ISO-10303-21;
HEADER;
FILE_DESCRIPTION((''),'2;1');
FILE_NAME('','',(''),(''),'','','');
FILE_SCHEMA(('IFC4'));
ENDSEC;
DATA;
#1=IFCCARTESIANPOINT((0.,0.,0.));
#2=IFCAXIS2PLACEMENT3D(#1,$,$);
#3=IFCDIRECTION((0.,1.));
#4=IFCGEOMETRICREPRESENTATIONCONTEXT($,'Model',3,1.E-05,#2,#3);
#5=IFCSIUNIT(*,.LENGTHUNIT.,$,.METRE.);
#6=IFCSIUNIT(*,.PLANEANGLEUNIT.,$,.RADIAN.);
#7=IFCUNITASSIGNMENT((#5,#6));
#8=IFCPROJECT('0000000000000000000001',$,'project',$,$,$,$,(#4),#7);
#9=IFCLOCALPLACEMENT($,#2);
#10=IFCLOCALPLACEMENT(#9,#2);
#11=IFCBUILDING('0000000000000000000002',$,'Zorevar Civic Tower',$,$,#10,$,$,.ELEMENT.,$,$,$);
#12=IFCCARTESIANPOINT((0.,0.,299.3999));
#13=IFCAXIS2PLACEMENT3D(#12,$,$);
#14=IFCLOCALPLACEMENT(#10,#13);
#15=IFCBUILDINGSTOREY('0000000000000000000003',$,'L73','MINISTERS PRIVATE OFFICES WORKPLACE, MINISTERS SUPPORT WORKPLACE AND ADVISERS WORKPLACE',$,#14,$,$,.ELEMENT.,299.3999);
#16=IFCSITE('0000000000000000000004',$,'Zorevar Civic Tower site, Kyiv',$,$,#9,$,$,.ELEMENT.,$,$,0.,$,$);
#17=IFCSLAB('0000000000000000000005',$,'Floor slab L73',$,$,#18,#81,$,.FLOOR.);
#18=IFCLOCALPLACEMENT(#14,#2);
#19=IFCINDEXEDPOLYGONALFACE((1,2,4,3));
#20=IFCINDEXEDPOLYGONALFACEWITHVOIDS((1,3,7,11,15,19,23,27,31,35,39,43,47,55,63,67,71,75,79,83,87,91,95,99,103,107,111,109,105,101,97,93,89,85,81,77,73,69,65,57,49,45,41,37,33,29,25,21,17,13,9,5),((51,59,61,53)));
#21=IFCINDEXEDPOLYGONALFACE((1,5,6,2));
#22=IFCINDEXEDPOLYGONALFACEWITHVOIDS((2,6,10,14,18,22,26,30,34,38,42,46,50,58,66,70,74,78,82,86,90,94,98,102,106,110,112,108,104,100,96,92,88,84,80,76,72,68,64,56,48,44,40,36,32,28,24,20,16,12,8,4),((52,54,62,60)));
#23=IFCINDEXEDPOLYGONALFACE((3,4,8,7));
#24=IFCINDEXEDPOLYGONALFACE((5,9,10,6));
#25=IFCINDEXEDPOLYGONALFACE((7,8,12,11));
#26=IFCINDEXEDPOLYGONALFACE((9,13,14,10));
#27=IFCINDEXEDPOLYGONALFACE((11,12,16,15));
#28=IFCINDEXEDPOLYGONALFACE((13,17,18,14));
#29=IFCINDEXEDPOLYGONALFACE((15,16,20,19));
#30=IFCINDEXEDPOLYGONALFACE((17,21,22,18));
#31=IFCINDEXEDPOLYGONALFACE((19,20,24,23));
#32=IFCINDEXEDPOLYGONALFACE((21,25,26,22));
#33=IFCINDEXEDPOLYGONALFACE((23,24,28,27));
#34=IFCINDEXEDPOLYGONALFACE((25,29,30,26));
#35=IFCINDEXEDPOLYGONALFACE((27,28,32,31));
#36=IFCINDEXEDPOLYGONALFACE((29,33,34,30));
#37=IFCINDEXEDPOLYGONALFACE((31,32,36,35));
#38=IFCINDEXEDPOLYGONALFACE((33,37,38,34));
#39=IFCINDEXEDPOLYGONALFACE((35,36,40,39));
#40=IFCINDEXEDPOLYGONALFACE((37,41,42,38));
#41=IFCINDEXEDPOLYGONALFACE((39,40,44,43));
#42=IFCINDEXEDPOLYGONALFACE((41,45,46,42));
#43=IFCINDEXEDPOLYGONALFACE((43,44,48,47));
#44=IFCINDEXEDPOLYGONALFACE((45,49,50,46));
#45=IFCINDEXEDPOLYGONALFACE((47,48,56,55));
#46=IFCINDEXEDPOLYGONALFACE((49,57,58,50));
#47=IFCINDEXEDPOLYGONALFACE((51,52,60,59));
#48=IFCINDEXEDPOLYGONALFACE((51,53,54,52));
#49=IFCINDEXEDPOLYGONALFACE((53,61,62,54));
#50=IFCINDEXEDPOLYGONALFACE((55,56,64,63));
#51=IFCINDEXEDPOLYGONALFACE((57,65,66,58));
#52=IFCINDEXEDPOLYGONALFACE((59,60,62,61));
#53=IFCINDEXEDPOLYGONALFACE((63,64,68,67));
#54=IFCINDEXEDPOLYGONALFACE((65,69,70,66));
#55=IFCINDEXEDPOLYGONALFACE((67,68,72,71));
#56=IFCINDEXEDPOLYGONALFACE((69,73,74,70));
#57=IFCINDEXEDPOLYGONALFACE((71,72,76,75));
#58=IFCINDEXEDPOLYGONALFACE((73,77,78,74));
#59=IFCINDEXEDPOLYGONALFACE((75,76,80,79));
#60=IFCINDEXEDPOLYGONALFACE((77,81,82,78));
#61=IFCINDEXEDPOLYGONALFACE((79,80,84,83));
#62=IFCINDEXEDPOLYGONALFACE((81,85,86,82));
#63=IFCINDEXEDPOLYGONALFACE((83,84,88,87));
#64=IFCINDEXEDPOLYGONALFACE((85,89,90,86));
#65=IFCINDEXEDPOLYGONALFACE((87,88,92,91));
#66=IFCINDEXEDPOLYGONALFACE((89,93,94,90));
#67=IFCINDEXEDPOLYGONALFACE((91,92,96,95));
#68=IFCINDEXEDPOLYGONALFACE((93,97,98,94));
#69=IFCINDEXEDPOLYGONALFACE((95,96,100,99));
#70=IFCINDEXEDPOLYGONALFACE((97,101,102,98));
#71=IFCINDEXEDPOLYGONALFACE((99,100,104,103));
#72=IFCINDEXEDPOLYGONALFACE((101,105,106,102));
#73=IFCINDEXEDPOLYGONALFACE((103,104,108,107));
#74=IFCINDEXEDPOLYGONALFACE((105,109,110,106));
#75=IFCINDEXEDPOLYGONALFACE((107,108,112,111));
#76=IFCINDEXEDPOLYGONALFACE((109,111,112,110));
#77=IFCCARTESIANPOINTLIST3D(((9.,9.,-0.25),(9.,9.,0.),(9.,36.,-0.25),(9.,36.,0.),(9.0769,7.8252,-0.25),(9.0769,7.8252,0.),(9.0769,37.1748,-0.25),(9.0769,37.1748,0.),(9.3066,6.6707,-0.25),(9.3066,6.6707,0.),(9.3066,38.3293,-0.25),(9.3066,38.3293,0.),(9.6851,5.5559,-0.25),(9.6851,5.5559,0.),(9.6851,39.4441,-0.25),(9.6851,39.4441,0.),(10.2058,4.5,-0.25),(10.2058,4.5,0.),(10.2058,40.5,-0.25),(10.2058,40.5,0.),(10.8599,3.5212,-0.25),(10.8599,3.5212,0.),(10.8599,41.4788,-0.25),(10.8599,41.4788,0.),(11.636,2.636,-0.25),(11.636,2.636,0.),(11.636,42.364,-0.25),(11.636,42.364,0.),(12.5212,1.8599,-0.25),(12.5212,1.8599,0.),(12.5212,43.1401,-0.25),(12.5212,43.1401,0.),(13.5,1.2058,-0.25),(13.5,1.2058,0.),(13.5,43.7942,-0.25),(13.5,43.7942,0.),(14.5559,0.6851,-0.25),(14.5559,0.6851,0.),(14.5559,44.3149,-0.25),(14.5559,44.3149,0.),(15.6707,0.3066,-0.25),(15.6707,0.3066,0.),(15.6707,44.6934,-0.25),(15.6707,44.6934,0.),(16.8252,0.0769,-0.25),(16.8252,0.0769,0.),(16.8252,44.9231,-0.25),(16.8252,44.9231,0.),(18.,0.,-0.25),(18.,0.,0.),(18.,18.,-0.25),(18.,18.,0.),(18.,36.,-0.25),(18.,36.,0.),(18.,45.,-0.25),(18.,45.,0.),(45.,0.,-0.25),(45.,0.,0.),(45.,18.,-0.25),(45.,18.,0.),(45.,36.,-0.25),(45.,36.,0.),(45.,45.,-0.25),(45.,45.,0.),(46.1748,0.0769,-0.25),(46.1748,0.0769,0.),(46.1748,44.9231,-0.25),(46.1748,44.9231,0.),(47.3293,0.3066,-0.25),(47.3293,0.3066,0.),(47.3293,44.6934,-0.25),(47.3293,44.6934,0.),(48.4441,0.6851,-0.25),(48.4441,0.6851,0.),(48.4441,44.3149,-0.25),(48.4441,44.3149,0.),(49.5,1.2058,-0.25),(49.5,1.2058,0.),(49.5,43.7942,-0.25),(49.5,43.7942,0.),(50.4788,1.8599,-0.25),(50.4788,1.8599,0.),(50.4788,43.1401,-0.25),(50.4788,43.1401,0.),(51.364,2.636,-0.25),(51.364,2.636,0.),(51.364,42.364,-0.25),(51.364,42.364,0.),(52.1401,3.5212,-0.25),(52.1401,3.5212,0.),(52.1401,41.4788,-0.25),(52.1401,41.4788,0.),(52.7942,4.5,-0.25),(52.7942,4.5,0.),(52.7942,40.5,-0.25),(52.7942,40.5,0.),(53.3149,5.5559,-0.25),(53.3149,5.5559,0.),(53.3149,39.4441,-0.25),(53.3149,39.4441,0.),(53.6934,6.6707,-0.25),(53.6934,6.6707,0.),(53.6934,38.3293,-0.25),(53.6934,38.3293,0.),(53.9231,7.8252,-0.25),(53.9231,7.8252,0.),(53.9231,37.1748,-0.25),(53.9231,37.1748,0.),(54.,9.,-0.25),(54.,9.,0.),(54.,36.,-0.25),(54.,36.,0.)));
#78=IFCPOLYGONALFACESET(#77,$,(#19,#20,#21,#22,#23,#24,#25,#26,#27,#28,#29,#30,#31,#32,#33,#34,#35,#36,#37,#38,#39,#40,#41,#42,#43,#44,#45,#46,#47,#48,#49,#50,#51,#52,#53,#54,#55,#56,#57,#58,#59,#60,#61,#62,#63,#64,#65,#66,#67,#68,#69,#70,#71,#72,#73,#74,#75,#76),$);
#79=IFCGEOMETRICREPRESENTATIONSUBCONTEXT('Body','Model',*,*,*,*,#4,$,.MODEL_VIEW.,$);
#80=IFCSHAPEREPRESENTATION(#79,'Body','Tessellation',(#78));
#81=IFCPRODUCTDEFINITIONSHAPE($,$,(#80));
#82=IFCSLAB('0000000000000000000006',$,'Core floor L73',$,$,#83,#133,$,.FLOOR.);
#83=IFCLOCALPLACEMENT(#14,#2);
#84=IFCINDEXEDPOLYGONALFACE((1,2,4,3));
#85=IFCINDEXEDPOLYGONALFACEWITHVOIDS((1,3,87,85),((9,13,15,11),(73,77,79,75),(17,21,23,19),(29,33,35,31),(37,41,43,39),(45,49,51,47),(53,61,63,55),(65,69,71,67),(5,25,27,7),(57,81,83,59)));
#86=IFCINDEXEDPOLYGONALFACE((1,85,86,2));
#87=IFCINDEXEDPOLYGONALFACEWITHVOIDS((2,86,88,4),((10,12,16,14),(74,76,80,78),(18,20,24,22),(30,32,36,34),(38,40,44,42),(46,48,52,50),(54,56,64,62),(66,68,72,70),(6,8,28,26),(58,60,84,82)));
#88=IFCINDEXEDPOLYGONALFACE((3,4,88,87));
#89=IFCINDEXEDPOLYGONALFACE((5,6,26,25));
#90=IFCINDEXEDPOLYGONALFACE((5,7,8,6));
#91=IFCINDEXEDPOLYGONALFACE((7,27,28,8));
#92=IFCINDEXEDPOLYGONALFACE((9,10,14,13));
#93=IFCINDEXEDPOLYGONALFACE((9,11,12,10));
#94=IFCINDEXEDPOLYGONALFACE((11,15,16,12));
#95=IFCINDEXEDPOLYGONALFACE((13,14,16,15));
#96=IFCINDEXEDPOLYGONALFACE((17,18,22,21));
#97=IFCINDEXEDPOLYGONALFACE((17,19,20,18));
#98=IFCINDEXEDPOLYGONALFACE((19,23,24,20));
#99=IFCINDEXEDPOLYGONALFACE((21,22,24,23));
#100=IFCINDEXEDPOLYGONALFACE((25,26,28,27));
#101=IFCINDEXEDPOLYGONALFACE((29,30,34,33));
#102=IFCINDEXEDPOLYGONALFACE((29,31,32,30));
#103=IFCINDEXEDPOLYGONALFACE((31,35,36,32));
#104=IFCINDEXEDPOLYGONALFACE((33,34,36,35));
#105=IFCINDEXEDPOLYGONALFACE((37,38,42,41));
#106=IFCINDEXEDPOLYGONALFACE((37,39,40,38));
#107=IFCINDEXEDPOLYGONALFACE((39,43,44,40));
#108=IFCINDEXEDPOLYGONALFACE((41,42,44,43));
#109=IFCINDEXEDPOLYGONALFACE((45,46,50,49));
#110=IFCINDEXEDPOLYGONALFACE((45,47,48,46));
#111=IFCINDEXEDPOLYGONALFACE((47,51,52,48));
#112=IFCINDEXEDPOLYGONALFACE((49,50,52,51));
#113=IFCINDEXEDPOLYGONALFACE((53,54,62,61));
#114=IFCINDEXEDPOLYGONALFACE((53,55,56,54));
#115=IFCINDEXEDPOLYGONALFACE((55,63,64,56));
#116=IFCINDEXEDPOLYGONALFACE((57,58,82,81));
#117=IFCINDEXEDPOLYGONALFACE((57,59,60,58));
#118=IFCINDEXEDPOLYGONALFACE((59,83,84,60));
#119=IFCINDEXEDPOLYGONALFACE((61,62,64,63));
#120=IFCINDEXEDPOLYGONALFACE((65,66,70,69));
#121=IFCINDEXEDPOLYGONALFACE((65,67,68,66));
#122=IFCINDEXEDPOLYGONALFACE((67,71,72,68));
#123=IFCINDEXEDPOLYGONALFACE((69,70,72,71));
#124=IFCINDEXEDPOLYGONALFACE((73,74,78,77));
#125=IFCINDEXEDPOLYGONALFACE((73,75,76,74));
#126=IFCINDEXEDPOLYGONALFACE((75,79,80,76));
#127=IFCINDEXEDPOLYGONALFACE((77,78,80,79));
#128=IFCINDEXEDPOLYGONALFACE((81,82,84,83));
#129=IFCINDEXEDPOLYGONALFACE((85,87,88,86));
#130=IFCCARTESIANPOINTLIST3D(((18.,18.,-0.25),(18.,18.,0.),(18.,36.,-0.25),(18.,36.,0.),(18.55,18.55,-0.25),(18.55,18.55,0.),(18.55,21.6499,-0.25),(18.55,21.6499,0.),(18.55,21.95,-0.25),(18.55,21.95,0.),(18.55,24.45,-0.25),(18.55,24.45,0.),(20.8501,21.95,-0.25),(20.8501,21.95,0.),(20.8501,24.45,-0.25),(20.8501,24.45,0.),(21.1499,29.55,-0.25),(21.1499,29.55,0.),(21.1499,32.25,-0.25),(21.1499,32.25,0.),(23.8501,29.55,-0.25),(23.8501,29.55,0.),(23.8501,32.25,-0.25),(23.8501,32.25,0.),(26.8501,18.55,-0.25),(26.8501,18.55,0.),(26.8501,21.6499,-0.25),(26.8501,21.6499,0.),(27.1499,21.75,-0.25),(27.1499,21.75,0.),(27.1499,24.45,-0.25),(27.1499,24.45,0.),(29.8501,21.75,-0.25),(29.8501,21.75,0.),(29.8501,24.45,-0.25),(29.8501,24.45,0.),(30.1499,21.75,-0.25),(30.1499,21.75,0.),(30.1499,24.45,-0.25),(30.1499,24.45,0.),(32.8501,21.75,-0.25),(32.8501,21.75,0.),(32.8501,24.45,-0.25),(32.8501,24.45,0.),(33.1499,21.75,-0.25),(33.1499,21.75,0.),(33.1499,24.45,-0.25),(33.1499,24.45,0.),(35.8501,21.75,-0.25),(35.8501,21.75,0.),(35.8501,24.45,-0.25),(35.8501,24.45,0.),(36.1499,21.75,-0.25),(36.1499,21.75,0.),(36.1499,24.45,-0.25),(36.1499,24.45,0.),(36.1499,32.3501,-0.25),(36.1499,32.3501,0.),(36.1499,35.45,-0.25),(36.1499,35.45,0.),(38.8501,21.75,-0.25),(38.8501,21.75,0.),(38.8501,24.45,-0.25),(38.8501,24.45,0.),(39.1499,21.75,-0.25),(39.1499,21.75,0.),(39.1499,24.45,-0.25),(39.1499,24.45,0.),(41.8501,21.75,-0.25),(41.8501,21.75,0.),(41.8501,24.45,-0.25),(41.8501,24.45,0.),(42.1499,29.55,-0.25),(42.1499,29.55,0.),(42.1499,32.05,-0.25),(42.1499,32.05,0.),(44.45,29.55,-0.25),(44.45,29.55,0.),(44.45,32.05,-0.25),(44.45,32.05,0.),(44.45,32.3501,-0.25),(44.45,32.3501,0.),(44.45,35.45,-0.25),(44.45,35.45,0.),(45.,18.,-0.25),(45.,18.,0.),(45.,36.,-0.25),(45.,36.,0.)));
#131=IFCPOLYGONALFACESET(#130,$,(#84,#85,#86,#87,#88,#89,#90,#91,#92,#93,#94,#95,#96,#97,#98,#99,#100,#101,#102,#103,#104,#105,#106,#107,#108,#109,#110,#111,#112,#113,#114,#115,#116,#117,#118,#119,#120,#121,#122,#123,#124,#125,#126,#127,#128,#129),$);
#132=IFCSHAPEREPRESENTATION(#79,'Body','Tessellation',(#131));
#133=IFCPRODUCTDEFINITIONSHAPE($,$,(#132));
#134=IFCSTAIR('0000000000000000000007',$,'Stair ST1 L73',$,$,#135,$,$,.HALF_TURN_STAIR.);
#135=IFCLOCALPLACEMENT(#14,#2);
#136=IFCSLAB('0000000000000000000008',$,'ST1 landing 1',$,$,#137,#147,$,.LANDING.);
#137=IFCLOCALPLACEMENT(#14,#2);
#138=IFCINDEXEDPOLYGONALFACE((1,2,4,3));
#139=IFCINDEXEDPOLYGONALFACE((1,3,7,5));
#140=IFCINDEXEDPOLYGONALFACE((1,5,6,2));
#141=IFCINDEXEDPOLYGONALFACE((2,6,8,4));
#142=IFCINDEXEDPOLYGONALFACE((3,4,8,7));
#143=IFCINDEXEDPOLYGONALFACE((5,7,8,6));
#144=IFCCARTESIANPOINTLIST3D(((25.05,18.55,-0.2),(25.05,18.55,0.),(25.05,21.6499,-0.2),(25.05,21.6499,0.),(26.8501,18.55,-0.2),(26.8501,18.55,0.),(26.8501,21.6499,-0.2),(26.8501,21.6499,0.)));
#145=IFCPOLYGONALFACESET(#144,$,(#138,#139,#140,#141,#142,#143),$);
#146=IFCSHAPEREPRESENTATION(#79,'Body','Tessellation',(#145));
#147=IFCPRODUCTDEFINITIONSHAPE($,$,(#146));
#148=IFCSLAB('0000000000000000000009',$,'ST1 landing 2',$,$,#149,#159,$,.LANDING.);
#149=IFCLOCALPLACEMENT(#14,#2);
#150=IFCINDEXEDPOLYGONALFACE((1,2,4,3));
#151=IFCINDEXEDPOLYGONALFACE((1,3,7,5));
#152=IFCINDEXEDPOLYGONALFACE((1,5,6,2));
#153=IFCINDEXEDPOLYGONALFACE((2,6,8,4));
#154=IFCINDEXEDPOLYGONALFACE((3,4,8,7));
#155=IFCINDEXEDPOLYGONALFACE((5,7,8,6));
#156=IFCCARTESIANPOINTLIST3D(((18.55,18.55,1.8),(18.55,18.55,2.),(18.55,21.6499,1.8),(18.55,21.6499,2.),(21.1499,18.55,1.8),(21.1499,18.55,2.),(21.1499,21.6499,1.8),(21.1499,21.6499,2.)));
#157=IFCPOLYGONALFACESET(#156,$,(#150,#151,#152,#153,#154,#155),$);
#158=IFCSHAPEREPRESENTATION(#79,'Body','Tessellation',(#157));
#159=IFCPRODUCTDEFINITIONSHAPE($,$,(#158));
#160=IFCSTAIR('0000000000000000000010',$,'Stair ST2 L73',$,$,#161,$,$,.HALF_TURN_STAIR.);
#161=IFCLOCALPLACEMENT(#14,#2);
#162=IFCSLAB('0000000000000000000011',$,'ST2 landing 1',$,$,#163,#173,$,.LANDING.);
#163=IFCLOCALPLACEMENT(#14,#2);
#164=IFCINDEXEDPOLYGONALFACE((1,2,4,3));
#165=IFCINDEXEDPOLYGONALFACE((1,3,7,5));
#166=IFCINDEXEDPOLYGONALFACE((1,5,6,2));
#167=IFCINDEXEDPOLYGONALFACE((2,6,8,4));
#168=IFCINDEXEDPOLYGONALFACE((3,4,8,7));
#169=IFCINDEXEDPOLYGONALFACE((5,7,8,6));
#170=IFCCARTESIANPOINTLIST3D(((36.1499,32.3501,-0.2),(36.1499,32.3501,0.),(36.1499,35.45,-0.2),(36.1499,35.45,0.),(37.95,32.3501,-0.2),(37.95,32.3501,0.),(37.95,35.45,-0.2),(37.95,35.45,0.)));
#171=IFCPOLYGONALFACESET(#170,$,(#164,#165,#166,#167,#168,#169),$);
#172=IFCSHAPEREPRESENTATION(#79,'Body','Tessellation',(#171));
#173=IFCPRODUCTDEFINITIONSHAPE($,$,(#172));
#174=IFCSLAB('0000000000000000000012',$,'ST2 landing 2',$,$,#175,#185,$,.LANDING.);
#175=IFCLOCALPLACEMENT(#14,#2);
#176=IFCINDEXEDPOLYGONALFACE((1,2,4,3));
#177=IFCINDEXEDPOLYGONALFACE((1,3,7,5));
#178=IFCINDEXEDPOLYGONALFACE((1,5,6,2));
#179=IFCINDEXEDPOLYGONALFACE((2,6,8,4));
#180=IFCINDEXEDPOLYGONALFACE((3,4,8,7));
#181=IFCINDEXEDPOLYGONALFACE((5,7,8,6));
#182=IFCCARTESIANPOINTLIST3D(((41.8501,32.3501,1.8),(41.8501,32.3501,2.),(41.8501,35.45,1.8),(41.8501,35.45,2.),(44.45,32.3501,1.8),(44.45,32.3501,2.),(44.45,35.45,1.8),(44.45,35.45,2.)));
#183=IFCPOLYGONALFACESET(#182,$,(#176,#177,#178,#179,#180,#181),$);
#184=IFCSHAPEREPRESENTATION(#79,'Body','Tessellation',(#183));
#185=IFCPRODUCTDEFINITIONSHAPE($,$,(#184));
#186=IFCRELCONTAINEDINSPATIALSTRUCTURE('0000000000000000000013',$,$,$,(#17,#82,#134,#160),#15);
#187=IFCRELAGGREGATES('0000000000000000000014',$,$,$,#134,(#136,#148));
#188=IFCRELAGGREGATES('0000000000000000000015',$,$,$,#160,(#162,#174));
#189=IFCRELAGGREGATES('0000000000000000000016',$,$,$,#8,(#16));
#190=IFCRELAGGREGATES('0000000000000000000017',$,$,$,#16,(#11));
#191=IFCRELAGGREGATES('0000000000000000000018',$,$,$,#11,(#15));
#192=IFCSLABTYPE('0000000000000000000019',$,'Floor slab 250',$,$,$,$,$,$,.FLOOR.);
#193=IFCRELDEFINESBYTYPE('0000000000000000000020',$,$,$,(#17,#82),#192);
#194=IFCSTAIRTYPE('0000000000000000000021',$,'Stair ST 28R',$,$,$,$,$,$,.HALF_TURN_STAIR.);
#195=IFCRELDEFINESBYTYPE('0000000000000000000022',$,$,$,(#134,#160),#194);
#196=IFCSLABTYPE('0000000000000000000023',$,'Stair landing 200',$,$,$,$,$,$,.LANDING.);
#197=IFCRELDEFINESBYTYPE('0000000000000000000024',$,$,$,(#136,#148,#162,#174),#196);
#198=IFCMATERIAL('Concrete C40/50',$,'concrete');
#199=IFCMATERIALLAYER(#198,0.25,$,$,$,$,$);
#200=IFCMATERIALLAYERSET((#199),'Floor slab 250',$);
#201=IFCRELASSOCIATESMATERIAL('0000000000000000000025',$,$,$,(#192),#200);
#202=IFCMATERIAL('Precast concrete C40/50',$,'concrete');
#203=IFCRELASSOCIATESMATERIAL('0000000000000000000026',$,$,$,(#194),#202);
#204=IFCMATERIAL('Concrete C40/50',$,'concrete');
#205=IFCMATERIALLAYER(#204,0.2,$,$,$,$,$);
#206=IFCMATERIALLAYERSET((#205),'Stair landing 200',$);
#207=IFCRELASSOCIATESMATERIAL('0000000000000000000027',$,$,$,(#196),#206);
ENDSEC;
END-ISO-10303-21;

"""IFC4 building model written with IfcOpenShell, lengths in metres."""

from ifc_helpers import new_model, si_unit, direction, frame, origin, place, context, subcontext, project, spatial, polyline, outline, extrude, material, layer, layer_set, type_object, element, aggregate, save


model = new_model("IFC4")

# Units and contexts
model_context = context("Model", 3, precision=1e-05, world=origin(), true_north=direction((0.0, 1.0)))
body_context = subcontext(model_context, "Body", "Model", "MODEL_VIEW")
ifc_project = project(units=[si_unit("LENGTHUNIT", "METRE"), si_unit("PLANEANGLEUNIT", "RADIAN")], contexts=[model_context])

# Site, building, storey
site_placement = place(None, origin())
site = spatial("IfcSite", under=ifc_project, at=site_placement, Name="Zorevar Civic Tower site, Kyiv", CompositionType="ELEMENT", RefElevation=0.0)
building_placement = place(site_placement, origin())
building = spatial("IfcBuilding", under=site, at=building_placement, Name="Zorevar Civic Tower", CompositionType="ELEMENT")
storey_placement = place(building_placement, frame((0.0, 0.0, 299.3999)))
storey = spatial("IfcBuildingStorey", under=building, at=storey_placement, Name="L73", Description="MINISTERS PRIVATE OFFICES WORKPLACE, MINISTERS SUPPORT WORKPLACE AND ADVISERS WORKPLACE", CompositionType="ELEMENT", Elevation=299.3999)

# Slabs
ifc_material_1 = material(Name="Concrete C40/50", Category="concrete")
ifc_layer_1 = layer(ifc_material_1, 0.25)
ifc_layer_set_1 = layer_set([ifc_layer_1], Name="Floor slab 250")
slab_type_1 = type_object("IfcSlabType", Name="Floor slab 250", PredefinedType="FLOOR", material=ifc_layer_set_1)
slab_1_placement = place(storey_placement, frame((0.0, 0.0, -0.25)))
element("IfcSlab", 1, at=slab_1_placement, inside=storey, type_object=slab_type_1, Name="Floor slab L73", PredefinedType="FLOOR", context=body_context, shape_type="SweptSolid", body=[
    extrude(outline(polyline([(45.0, 0.0), (46.1748, 0.0769), (47.3293, 0.3066), (48.4441, 0.6851), (49.5, 1.2058), (50.4788, 1.8599), (51.364, 2.636), (52.1401, 3.5212), (52.7942, 4.5), (53.3149, 5.5559), (53.6934, 6.6707), (53.9231, 7.8252), (54.0, 9.0), (54.0, 36.0), (53.9231, 37.1748), (53.6934, 38.3293), (53.3149, 39.4441), (52.7942, 40.5), (52.1401, 41.4788), (51.364, 42.364), (50.4788, 43.1401), (49.5, 43.7942), (48.4441, 44.3149), (47.3293, 44.6934), (46.1748, 44.9231), (45.0, 45.0), (18.0, 45.0), (16.8252, 44.9231), (15.6707, 44.6934), (14.5559, 44.3149), (13.5, 43.7942), (12.5212, 43.1401), (11.636, 42.364), (10.8599, 41.4788), (10.2058, 40.5), (9.6851, 39.4441), (9.3066, 38.3293), (9.0769, 37.1748), (9.0, 36.0), (9.0, 9.0), (9.0769, 7.8252), (9.3066, 6.6707), (9.6851, 5.5559), (10.2058, 4.5), (10.8599, 3.5212), (11.636, 2.636), (12.5212, 1.8599), (13.5, 1.2058), (14.5559, 0.6851), (15.6707, 0.3066), (16.8252, 0.0769), (18.0, 0.0), (45.0, 0.0)]), holes=[polyline([(18.0, 18.0), (45.0, 18.0), (45.0, 36.0), (18.0, 36.0), (18.0, 18.0)])]), origin(), (0.0, 0.0, 1.0), 0.25),
])
slab_2_placement = place(storey_placement, frame((0.0, 0.0, -0.25)))
element("IfcSlab", 2, at=slab_2_placement, inside=storey, type_object=slab_type_1, Name="Core floor L73", PredefinedType="FLOOR", context=body_context, shape_type="SweptSolid", body=[
    extrude(outline(polyline([(18.0, 18.0), (45.0, 18.0), (45.0, 36.0), (18.0, 36.0), (18.0, 18.0)]), holes=[polyline([(18.55, 18.55), (26.8501, 18.55), (26.8501, 21.6499), (18.55, 21.6499), (18.55, 18.55)]), polyline([(36.1499, 32.3501), (44.45, 32.3501), (44.45, 35.45), (36.1499, 35.45), (36.1499, 32.3501)]), polyline([(18.55, 21.95), (20.8501, 21.95), (20.8501, 24.45), (18.55, 24.45), (18.55, 21.95)]), polyline([(42.1499, 29.55), (44.45, 29.55), (44.45, 32.05), (42.1499, 32.05), (42.1499, 29.55)]), polyline([(27.1499, 21.75), (29.8501, 21.75), (29.8501, 24.45), (27.1499, 24.45), (27.1499, 21.75)]), polyline([(30.1499, 21.75), (32.8501, 21.75), (32.8501, 24.45), (30.1499, 24.45), (30.1499, 21.75)]), polyline([(33.1499, 21.75), (35.8501, 21.75), (35.8501, 24.45), (33.1499, 24.45), (33.1499, 21.75)]), polyline([(36.1499, 21.75), (38.8501, 21.75), (38.8501, 24.45), (36.1499, 24.45), (36.1499, 21.75)]), polyline([(39.1499, 21.75), (41.8501, 21.75), (41.8501, 24.45), (39.1499, 24.45), (39.1499, 21.75)]), polyline([(21.1499, 29.55), (23.8501, 29.55), (23.8501, 32.25), (21.1499, 32.25), (21.1499, 29.55)])]), origin(), (0.0, 0.0, 1.0), 0.25),
])

# Stairs, slabs
ifc_material_2 = material(Name="Precast concrete C40/50", Category="concrete")
stair_type = type_object("IfcStairType", Name="Stair ST 28R", PredefinedType="HALF_TURN_STAIR", material=ifc_material_2)
stair_1_placement = place(storey_placement, origin())
stair_1 = element("IfcStair", 3, at=stair_1_placement, inside=storey, type_object=stair_type, Name="Stair ST1 L73", PredefinedType="HALF_TURN_STAIR")
ifc_material_3 = material(Name="Concrete C40/50", Category="concrete")
ifc_layer_2 = layer(ifc_material_3, 0.2)
ifc_layer_set_2 = layer_set([ifc_layer_2], Name="Stair landing 200")
slab_type_2 = type_object("IfcSlabType", Name="Stair landing 200", PredefinedType="LANDING", material=ifc_layer_set_2)
slab_3_placement = place(storey_placement, frame((0.0, 0.0, -0.2)))
slab_3 = element("IfcSlab", 4, at=slab_3_placement, type_object=slab_type_2, Name="ST1 landing 1", PredefinedType="LANDING", context=body_context, shape_type="SweptSolid", body=[
    extrude(outline(polyline([(25.05, 18.55), (26.8501, 18.55), (26.8501, 21.6499), (25.05, 21.6499), (25.05, 18.55)])), origin(), (0.0, 0.0, 1.0), 0.2),
])
slab_4_placement = place(storey_placement, frame((0.0, 0.0, 1.8)))
slab_4 = element("IfcSlab", 5, at=slab_4_placement, type_object=slab_type_2, Name="ST1 landing 2", PredefinedType="LANDING", context=body_context, shape_type="SweptSolid", body=[
    extrude(outline(polyline([(18.55, 18.55), (21.1499, 18.55), (21.1499, 21.6499), (18.55, 21.6499), (18.55, 18.55)])), origin(), (0.0, 0.0, 1.0), 0.2),
])
aggregate(stair_1, [slab_3, slab_4])
stair_2_placement = place(storey_placement, origin())
stair_2 = element("IfcStair", 6, at=stair_2_placement, inside=storey, type_object=stair_type, Name="Stair ST2 L73", PredefinedType="HALF_TURN_STAIR")
slab_5_placement = place(storey_placement, frame((0.0, 0.0, -0.2)))
slab_5 = element("IfcSlab", 7, at=slab_5_placement, type_object=slab_type_2, Name="ST2 landing 1", PredefinedType="LANDING", context=body_context, shape_type="SweptSolid", body=[
    extrude(outline(polyline([(37.95, 32.3501), (36.1499, 32.3501), (36.1499, 35.45), (37.95, 35.45), (37.95, 32.3501)])), origin(), (0.0, 0.0, 1.0), 0.2),
])
slab_6_placement = place(storey_placement, frame((0.0, 0.0, 1.8)))
slab_6 = element("IfcSlab", 8, at=slab_6_placement, type_object=slab_type_2, Name="ST2 landing 2", PredefinedType="LANDING", context=body_context, shape_type="SweptSolid", body=[
    extrude(outline(polyline([(44.45, 32.3501), (41.8501, 32.3501), (41.8501, 35.45), (44.45, 35.45), (44.45, 32.3501)])), origin(), (0.0, 0.0, 1.0), 0.2),
])
aggregate(stair_2, [slab_5, slab_6])

save(model, "model.ifc")
